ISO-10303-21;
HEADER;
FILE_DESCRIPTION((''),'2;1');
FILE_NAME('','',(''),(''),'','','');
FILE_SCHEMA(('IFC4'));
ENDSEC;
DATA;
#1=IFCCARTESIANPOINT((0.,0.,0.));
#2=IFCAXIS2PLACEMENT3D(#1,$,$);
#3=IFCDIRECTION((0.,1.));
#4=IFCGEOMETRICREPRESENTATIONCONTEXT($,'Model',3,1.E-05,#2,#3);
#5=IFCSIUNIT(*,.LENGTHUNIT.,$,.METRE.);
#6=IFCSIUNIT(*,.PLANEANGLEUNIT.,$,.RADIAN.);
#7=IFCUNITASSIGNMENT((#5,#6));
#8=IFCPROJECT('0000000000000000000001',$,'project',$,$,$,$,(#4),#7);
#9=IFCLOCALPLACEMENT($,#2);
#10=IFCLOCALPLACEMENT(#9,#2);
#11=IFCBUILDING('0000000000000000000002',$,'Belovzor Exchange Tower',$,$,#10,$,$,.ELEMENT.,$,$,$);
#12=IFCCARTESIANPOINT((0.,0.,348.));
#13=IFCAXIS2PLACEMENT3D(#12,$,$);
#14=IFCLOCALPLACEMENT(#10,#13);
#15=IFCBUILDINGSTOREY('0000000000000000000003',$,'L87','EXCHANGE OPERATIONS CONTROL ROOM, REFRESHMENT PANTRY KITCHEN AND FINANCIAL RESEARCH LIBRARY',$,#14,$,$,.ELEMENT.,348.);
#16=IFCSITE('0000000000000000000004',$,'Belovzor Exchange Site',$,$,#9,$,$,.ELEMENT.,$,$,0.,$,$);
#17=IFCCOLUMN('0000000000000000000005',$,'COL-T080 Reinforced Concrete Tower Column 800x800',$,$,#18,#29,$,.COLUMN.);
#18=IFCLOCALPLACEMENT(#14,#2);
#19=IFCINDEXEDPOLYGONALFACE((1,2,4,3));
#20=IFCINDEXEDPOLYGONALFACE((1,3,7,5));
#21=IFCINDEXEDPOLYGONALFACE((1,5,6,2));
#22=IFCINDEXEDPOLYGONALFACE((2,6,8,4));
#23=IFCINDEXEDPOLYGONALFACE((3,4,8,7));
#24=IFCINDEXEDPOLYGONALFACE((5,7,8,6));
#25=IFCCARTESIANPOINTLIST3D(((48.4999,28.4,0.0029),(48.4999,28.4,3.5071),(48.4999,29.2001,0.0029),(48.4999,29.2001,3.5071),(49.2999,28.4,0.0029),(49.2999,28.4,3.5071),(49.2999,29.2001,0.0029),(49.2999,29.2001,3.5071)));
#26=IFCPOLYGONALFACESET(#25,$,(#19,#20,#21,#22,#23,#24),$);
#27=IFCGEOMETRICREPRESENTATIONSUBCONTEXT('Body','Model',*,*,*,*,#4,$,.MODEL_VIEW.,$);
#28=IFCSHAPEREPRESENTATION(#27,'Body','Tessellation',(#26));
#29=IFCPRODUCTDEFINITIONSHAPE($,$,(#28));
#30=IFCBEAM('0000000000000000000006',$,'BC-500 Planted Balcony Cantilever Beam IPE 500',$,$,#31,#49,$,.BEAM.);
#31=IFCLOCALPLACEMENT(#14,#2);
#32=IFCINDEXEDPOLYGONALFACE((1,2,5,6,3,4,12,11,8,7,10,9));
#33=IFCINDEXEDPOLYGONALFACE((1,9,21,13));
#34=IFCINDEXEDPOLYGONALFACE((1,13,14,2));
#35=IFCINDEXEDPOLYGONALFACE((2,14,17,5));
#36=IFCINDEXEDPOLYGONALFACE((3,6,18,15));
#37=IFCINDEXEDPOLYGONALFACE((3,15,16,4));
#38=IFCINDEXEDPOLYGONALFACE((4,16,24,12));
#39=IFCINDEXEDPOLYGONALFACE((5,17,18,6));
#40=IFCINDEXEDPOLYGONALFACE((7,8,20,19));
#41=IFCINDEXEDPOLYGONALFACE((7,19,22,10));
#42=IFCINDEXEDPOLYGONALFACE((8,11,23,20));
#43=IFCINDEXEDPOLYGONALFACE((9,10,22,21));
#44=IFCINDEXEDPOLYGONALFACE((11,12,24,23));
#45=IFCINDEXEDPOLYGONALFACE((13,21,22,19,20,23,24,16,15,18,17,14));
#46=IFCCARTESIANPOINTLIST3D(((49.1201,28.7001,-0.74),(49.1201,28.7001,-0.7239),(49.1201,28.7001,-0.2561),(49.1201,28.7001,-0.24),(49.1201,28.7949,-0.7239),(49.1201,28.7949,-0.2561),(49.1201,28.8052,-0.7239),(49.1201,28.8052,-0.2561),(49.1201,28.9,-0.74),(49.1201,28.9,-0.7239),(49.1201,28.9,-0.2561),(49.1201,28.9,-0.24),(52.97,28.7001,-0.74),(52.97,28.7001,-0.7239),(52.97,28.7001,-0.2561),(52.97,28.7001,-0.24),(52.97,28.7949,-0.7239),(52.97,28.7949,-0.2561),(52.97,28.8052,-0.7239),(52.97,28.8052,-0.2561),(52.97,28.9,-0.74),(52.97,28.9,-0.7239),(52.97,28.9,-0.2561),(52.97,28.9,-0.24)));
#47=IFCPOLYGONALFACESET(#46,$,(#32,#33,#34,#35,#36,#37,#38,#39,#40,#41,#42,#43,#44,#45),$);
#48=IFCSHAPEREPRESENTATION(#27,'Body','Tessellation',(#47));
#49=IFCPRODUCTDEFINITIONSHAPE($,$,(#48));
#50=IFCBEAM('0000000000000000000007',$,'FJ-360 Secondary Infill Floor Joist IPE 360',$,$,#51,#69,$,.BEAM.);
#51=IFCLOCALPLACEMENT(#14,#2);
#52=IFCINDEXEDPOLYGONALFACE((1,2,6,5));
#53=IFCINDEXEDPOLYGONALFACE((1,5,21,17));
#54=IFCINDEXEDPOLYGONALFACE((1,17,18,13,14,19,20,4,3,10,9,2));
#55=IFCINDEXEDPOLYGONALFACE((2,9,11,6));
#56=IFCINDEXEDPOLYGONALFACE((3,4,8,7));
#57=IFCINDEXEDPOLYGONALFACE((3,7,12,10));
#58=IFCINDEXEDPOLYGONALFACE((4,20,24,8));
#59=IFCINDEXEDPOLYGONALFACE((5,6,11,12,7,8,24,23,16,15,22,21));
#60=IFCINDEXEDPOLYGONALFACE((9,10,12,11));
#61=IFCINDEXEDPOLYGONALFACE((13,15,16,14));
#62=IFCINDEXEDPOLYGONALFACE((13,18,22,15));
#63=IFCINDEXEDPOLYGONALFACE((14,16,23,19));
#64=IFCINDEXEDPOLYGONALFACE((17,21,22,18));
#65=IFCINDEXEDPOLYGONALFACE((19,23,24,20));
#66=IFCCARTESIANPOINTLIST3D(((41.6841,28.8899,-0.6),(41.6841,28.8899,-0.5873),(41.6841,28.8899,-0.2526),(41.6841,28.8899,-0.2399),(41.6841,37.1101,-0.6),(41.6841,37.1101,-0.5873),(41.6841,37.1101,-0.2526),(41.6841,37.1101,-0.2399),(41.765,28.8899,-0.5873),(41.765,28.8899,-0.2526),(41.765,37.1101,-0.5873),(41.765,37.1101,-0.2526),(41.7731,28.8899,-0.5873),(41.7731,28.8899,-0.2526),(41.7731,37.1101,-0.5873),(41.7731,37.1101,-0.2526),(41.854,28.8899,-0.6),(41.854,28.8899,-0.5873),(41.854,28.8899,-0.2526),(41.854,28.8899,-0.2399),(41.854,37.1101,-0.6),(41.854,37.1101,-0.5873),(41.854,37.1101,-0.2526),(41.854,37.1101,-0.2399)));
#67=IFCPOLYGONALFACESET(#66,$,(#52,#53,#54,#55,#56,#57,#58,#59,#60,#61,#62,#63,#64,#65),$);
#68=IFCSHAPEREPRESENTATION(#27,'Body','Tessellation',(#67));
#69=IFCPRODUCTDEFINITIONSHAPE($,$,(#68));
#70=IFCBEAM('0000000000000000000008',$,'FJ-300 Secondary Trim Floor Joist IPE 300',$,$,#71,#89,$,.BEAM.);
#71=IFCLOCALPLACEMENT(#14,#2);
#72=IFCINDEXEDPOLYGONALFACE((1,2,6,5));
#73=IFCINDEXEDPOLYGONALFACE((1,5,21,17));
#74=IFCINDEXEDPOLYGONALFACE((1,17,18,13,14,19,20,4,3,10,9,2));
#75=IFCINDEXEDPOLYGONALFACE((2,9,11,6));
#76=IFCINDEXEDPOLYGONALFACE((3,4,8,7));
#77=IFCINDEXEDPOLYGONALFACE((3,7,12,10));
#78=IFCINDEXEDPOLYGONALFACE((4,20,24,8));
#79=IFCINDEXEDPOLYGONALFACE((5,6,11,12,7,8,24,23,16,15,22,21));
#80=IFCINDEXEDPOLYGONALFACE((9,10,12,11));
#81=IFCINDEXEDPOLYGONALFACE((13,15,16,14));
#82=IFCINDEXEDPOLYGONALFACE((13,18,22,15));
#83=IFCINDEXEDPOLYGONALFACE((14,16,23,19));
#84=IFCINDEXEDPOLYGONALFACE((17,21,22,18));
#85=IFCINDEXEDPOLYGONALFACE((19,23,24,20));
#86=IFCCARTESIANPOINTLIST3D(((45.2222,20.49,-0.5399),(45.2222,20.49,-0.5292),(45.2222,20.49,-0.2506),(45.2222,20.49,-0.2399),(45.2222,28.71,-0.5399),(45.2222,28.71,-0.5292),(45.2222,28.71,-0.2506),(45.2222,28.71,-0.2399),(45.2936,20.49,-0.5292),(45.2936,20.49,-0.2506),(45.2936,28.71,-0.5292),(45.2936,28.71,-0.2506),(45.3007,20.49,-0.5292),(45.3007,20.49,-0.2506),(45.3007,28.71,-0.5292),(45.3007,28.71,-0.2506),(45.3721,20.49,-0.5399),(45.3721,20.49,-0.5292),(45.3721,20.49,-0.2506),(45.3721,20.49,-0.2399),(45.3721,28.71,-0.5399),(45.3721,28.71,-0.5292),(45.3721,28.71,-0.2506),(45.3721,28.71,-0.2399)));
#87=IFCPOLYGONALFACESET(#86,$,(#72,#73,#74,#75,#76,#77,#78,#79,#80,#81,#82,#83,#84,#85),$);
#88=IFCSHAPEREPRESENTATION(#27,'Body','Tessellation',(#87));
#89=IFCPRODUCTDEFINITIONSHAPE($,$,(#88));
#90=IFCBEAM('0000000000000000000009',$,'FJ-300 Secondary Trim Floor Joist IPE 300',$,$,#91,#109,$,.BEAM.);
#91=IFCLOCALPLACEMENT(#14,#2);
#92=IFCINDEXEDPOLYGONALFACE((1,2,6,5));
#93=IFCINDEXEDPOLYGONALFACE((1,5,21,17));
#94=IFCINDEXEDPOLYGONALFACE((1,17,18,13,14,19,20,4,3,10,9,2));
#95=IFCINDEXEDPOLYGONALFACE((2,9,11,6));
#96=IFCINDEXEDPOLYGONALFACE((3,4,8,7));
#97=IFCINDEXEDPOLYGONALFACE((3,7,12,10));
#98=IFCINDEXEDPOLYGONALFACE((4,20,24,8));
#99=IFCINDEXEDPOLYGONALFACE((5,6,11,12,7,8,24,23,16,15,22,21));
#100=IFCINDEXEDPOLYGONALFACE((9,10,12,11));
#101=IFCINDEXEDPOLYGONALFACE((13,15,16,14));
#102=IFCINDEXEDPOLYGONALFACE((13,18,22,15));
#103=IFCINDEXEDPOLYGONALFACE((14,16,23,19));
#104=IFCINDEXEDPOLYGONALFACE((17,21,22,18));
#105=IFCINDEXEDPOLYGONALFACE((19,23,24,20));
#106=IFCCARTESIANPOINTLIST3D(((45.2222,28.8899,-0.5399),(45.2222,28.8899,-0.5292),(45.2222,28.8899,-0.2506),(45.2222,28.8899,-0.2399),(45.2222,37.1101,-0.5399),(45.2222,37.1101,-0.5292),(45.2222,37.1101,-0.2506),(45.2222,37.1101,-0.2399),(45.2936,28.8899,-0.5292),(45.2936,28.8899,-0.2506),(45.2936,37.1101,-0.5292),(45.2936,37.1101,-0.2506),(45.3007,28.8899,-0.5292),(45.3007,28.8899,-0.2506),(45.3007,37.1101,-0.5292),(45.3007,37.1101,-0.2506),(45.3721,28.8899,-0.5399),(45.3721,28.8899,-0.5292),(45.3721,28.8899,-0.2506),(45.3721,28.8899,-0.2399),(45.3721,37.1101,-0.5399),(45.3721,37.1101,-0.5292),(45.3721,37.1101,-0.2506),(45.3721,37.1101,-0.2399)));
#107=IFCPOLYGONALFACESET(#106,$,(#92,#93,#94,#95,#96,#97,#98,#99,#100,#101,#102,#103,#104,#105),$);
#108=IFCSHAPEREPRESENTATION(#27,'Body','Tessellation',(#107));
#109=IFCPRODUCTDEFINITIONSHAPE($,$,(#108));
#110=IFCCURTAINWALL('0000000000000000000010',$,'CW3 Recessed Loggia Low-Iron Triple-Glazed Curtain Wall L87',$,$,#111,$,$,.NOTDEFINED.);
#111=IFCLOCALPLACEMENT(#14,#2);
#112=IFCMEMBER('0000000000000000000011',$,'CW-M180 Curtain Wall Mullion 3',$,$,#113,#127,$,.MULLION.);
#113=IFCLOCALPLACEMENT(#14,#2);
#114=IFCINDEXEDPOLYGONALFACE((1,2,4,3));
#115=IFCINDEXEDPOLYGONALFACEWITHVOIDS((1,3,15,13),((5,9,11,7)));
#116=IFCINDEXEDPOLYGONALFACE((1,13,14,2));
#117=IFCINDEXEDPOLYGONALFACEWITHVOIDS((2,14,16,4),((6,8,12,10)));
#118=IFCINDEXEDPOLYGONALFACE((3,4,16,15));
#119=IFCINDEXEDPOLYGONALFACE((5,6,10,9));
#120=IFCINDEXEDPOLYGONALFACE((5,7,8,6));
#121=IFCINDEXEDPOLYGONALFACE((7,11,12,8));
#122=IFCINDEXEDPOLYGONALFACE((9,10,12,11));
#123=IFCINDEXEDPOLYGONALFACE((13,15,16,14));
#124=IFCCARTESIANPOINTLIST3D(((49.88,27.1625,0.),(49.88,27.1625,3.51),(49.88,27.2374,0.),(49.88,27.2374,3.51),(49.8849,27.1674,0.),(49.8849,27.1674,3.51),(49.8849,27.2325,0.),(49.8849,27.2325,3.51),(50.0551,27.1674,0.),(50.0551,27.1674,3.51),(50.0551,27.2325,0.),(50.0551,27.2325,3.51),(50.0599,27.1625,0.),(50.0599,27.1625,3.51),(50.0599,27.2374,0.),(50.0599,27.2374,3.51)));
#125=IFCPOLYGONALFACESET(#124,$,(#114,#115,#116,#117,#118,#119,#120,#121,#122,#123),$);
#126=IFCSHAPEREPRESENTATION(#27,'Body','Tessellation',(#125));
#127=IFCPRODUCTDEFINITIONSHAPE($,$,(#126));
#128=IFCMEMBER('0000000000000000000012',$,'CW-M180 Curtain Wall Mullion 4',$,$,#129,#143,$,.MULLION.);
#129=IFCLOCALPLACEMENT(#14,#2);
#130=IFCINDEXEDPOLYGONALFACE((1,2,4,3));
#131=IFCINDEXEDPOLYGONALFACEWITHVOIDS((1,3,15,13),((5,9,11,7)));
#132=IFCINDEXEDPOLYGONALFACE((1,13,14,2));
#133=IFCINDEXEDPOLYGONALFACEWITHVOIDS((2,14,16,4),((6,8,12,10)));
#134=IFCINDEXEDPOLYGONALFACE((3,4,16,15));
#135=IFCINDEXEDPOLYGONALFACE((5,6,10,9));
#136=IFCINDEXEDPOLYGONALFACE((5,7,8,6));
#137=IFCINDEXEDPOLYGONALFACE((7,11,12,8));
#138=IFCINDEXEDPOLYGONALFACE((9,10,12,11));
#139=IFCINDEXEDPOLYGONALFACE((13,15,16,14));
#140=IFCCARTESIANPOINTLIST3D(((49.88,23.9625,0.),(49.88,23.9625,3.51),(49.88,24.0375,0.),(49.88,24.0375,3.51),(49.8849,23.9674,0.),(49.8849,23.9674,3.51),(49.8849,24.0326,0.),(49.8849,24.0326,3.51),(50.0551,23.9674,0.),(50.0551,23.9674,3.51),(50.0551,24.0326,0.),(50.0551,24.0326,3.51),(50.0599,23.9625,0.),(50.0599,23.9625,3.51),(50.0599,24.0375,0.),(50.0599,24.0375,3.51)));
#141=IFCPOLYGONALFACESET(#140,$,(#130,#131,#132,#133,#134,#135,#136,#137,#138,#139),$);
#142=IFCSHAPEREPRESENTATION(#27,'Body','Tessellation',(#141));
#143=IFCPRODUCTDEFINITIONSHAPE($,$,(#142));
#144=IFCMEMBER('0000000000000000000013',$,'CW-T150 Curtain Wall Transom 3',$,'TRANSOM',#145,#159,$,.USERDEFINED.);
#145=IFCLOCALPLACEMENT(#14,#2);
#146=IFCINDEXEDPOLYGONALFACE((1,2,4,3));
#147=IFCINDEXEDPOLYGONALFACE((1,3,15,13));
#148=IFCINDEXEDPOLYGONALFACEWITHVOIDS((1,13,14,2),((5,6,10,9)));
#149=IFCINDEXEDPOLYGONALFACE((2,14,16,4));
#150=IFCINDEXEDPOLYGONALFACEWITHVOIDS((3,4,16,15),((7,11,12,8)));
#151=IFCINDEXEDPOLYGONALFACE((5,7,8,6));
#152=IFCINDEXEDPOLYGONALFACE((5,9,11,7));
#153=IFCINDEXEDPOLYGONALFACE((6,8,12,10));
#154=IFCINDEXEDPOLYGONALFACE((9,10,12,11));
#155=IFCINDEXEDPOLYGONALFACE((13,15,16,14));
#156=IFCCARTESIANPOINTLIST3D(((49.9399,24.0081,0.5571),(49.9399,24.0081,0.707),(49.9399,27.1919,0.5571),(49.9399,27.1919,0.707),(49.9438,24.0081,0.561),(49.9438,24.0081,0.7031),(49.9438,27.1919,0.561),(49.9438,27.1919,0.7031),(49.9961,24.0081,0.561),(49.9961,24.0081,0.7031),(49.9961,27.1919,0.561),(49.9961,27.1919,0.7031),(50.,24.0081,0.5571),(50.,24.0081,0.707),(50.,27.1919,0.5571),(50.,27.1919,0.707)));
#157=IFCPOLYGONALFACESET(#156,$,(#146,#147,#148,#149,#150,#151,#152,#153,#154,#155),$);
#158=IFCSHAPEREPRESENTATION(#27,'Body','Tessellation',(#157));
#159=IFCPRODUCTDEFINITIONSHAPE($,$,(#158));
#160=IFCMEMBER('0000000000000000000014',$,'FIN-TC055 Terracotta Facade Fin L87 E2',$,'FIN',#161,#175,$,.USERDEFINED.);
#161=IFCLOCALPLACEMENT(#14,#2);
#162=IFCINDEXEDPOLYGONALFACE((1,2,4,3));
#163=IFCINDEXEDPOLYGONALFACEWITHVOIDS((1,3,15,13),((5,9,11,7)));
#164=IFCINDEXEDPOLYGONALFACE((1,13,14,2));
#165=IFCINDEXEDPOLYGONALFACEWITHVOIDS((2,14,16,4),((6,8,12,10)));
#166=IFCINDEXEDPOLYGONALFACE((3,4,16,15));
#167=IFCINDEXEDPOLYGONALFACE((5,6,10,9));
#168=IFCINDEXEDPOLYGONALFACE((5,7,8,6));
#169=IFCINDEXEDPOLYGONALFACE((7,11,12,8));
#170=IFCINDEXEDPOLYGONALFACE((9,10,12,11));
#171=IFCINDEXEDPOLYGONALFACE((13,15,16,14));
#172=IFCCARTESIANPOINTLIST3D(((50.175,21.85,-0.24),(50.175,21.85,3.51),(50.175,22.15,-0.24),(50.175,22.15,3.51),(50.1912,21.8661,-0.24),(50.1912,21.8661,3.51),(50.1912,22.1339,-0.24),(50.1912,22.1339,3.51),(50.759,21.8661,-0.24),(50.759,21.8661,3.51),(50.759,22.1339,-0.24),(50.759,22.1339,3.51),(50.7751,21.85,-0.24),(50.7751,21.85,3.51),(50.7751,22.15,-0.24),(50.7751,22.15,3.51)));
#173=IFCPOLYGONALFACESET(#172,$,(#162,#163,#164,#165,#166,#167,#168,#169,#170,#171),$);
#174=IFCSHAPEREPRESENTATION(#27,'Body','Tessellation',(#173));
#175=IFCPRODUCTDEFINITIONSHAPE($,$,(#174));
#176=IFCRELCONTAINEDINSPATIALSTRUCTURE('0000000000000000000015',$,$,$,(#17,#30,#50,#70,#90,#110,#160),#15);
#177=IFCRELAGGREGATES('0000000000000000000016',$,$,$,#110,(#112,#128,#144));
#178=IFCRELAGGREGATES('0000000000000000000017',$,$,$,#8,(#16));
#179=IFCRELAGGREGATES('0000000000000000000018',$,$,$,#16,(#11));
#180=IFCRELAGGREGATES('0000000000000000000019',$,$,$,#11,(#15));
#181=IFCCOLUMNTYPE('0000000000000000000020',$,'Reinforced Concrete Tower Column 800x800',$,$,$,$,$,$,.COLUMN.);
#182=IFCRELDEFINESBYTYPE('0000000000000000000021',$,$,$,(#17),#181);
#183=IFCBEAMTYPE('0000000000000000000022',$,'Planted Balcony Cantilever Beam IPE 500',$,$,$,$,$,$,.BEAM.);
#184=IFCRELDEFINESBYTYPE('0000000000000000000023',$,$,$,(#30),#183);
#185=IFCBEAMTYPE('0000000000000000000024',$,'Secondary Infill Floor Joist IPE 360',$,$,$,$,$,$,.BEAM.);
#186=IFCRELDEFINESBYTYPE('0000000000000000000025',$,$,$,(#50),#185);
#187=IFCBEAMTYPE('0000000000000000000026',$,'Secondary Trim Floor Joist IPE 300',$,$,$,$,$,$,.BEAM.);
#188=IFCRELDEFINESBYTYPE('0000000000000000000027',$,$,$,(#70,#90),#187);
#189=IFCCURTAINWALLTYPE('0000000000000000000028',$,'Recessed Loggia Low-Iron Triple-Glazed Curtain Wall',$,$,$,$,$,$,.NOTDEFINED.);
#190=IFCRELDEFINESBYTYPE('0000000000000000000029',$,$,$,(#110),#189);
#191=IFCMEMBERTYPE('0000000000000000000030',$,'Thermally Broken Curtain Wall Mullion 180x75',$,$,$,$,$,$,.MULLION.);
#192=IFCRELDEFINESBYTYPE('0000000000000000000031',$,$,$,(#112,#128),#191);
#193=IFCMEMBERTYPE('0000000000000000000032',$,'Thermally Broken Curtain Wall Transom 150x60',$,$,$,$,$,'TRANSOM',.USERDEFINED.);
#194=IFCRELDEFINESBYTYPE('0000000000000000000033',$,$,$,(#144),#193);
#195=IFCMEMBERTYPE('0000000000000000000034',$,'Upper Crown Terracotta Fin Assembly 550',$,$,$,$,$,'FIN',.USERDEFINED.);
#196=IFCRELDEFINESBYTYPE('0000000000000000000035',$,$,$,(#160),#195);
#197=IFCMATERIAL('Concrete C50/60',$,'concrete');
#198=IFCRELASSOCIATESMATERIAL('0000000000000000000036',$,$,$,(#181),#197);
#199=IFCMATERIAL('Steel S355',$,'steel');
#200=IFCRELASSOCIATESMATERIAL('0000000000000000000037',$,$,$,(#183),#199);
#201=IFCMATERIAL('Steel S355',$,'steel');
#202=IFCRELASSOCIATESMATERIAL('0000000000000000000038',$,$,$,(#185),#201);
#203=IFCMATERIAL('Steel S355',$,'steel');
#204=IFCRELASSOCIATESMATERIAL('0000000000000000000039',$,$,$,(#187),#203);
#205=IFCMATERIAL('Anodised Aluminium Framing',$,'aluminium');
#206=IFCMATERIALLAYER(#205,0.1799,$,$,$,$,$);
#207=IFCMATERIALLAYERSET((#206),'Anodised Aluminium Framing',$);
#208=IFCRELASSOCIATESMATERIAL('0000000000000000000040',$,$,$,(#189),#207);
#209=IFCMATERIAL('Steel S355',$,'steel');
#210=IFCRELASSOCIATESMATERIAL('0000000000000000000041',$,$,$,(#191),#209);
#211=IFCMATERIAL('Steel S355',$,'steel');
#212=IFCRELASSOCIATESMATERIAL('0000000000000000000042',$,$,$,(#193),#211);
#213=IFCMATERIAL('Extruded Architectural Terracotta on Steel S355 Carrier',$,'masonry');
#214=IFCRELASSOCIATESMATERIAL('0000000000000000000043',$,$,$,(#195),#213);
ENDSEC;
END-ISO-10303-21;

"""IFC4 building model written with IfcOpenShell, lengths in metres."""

from ifc_helpers import new_model, si_unit, direction, frame, origin, origin_2d, place, context, subcontext, project, spatial, rectangle, hollow_rectangle, i_section, extrude, material, layer, layer_set, material_profile, profile_set, type_object, element, aggregate, save


model = new_model("IFC4")

# Units and contexts
model_context = context("Model", 3, precision=1e-05, world=origin(), true_north=direction((0.0, 1.0)))
body_context = subcontext(model_context, "Body", "Model", "MODEL_VIEW")
ifc_project = project(units=[si_unit("LENGTHUNIT", "METRE"), si_unit("PLANEANGLEUNIT", "RADIAN")], contexts=[model_context])

# Site, building, storey
site_placement = place(None, origin())
site = spatial("IfcSite", under=ifc_project, at=site_placement, Name="Belovzor Exchange Site", CompositionType="ELEMENT", RefElevation=0.0)
building_placement = place(site_placement, origin())
building = spatial("IfcBuilding", under=site, at=building_placement, Name="Belovzor Exchange Tower", CompositionType="ELEMENT")
storey_placement = place(building_placement, frame((0.0, 0.0, 348.0)))
storey = spatial("IfcBuildingStorey", under=building, at=storey_placement, Name="L87", Description="EXCHANGE OPERATIONS CONTROL ROOM, REFRESHMENT PANTRY KITCHEN AND FINANCIAL RESEARCH LIBRARY", CompositionType="ELEMENT", Elevation=348.0)

# Column
ifc_material_1 = material(Name="Concrete C50/60", Category="concrete")
ifc_material_profile_1 = material_profile(ifc_material_1, rectangle(XDim=0.8, YDim=0.8, at=origin_2d()))
ifc_profile_set_1 = profile_set([ifc_material_profile_1], Name="Concrete C50/60")
column_type = type_object("IfcColumnType", Name="Reinforced Concrete Tower Column 800x800", PredefinedType="COLUMN", material=ifc_profile_set_1)
column_placement = place(storey_placement, frame((48.8999, 28.8, 0.0029), z_axis=(0.0, 0.0, 1.0), x_axis=(1.0, 0.0, 0.0)))
element("IfcColumn", 1, at=column_placement, inside=storey, type_object=column_type, Name="COL-T080 Reinforced Concrete Tower Column 800x800", PredefinedType="COLUMN", context=body_context, shape_type="SweptSolid", body=[
    extrude(rectangle(XDim=0.8, YDim=0.8, at=origin_2d()), origin(), (0.0, 0.0, 1.0), 3.5042),
])

# Beams
ifc_material_2 = material(Name="Steel S355", Category="steel")
ifc_material_profile_2 = material_profile(ifc_material_2, i_section(OverallWidth=0.2, OverallDepth=0.5, WebThickness=0.0103, FlangeThickness=0.0161, at=origin_2d()))
ifc_profile_set_2 = profile_set([ifc_material_profile_2], Name="Steel S355")
beam_type_1 = type_object("IfcBeamType", Name="Planted Balcony Cantilever Beam IPE 500", PredefinedType="BEAM", material=ifc_profile_set_2)
beam_1_placement = place(storey_placement, frame((49.1201, 28.8, -0.49), z_axis=(1.0, 0.0, 0.0), x_axis=(0.0, 1.0, 0.0)))
element("IfcBeam", 2, at=beam_1_placement, inside=storey, type_object=beam_type_1, Name="BC-500 Planted Balcony Cantilever Beam IPE 500", PredefinedType="BEAM", context=body_context, shape_type="SweptSolid", body=[
    extrude(i_section(OverallWidth=0.2, OverallDepth=0.5, WebThickness=0.0103, FlangeThickness=0.0161, at=origin_2d()), origin(), (0.0, 0.0, 1.0), 3.8499),
])
ifc_material_3 = material(Name="Steel S355", Category="steel")
ifc_material_profile_3 = material_profile(ifc_material_3, i_section(OverallWidth=0.1699, OverallDepth=0.3601, WebThickness=0.0081, FlangeThickness=0.0127, at=origin_2d()))
ifc_profile_set_3 = profile_set([ifc_material_profile_3], Name="Steel S355")
beam_type_2 = type_object("IfcBeamType", Name="Secondary Infill Floor Joist IPE 360", PredefinedType="BEAM", material=ifc_profile_set_3)
beam_2_placement = place(storey_placement, frame((41.769, 28.8899, -0.4199), z_axis=(0.0, 1.0, 0.0), x_axis=(-1.0, 0.0, 0.0)))
element("IfcBeam", 3, at=beam_2_placement, inside=storey, type_object=beam_type_2, Name="FJ-360 Secondary Infill Floor Joist IPE 360", PredefinedType="BEAM", context=body_context, shape_type="SweptSolid", body=[
    extrude(i_section(OverallWidth=0.1699, OverallDepth=0.3601, WebThickness=0.0081, FlangeThickness=0.0127, at=origin_2d()), origin(), (0.0, 0.0, 1.0), 8.2202),
])
ifc_material_4 = material(Name="Steel S355", Category="steel")
ifc_material_profile_4 = material_profile(ifc_material_4, i_section(OverallWidth=0.1499, OverallDepth=0.3, WebThickness=0.0071, FlangeThickness=0.0107, at=origin_2d()))
ifc_profile_set_4 = profile_set([ifc_material_profile_4], Name="Steel S355")
beam_type_3 = type_object("IfcBeamType", Name="Secondary Trim Floor Joist IPE 300", PredefinedType="BEAM", material=ifc_profile_set_4)
beam_3_placement = place(storey_placement, frame((45.2971, 20.49, -0.3899), z_axis=(0.0, 1.0, 0.0), x_axis=(-1.0, 0.0, 0.0)))
element("IfcBeam", 4, at=beam_3_placement, inside=storey, type_object=beam_type_3, Name="FJ-300 Secondary Trim Floor Joist IPE 300", PredefinedType="BEAM", context=body_context, shape_type="SweptSolid", body=[
    extrude(i_section(OverallWidth=0.1499, OverallDepth=0.3, WebThickness=0.0071, FlangeThickness=0.0107, at=origin_2d()), origin(), (0.0, 0.0, 1.0), 8.22),
])
beam_4_placement = place(storey_placement, frame((45.2971, 28.8899, -0.3899), z_axis=(0.0, 1.0, 0.0), x_axis=(-1.0, 0.0, 0.0)))
element("IfcBeam", 5, at=beam_4_placement, inside=storey, type_object=beam_type_3, Name="FJ-300 Secondary Trim Floor Joist IPE 300", PredefinedType="BEAM", context=body_context, shape_type="SweptSolid", body=[
    extrude(i_section(OverallWidth=0.1499, OverallDepth=0.3, WebThickness=0.0071, FlangeThickness=0.0107, at=origin_2d()), origin(), (0.0, 0.0, 1.0), 8.2202),
])

# Curtain wall, members
ifc_material_5 = material(Name="Anodised Aluminium Framing", Category="aluminium")
ifc_layer_1 = layer(ifc_material_5, 0.1799)
ifc_layer_set_1 = layer_set([ifc_layer_1], Name="Anodised Aluminium Framing")
curtain_wall_type = type_object("IfcCurtainWallType", Name="Recessed Loggia Low-Iron Triple-Glazed Curtain Wall", PredefinedType="NOTDEFINED", material=ifc_layer_set_1)
curtain_wall_placement = place(storey_placement, origin())
curtain_wall = element("IfcCurtainWall", 6, at=curtain_wall_placement, inside=storey, type_object=curtain_wall_type, Name="CW3 Recessed Loggia Low-Iron Triple-Glazed Curtain Wall L87", PredefinedType="NOTDEFINED")
ifc_material_6 = material(Name="Steel S355", Category="steel")
ifc_material_profile_5 = material_profile(ifc_material_6, hollow_rectangle(XDim=0.075, YDim=0.1799, WallThickness=0.0049, at=origin_2d()))
ifc_profile_set_5 = profile_set([ifc_material_profile_5], Name="Steel S355")
member_type_1 = type_object("IfcMemberType", Name="Thermally Broken Curtain Wall Mullion 180x75", PredefinedType="MULLION", material=ifc_profile_set_5)
member_1_placement = place(storey_placement, frame((49.97, 27.2, 0.0), z_axis=(0.0, 0.0, 1.0), x_axis=(0.0, -1.0, 0.0)))
member_1 = element("IfcMember", 7, at=member_1_placement, type_object=member_type_1, Name="CW-M180 Curtain Wall Mullion 3", PredefinedType="MULLION", context=body_context, shape_type="SweptSolid", body=[
    extrude(hollow_rectangle(XDim=0.075, YDim=0.1799, WallThickness=0.0049, at=origin_2d()), origin(), (0.0, 0.0, 1.0), 3.51),
])
member_2_placement = place(storey_placement, frame((49.97, 24.0, 0.0), z_axis=(0.0, 0.0, 1.0), x_axis=(0.0, -1.0, 0.0)))
member_2 = element("IfcMember", 8, at=member_2_placement, type_object=member_type_1, Name="CW-M180 Curtain Wall Mullion 4", PredefinedType="MULLION", context=body_context, shape_type="SweptSolid", body=[
    extrude(hollow_rectangle(XDim=0.075, YDim=0.1799, WallThickness=0.0049, at=origin_2d()), origin(), (0.0, 0.0, 1.0), 3.51),
])
ifc_material_7 = material(Name="Steel S355", Category="steel")
ifc_material_profile_6 = material_profile(ifc_material_7, hollow_rectangle(XDim=0.0601, YDim=0.1499, WallThickness=0.0039, at=origin_2d()))
ifc_profile_set_6 = profile_set([ifc_material_profile_6], Name="Steel S355")
member_type_2 = type_object("IfcMemberType", Name="Thermally Broken Curtain Wall Transom 150x60", ElementType="TRANSOM", PredefinedType="USERDEFINED", material=ifc_profile_set_6)
member_3_placement = place(storey_placement, frame((49.97, 27.1919, 0.6321), z_axis=(0.0, -1.0, 0.0), x_axis=(1.0, 0.0, 0.0)))
member_3 = element("IfcMember", 9, at=member_3_placement, type_object=member_type_2, Name="CW-T150 Curtain Wall Transom 3", ObjectType="TRANSOM", PredefinedType="USERDEFINED", context=body_context, shape_type="SweptSolid", body=[
    extrude(hollow_rectangle(XDim=0.0601, YDim=0.1499, WallThickness=0.0039, at=origin_2d()), origin(), (0.0, 0.0, 1.0), 3.1838),
])

# Member
ifc_material_8 = material(Name="Extruded Architectural Terracotta on Steel S355 Carrier", Category="masonry")
ifc_material_profile_7 = material_profile(ifc_material_8, hollow_rectangle(XDim=0.3, YDim=0.6001, WallThickness=0.0161, at=origin_2d()))
ifc_profile_set_7 = profile_set([ifc_material_profile_7], Name="Extruded Architectural Terracotta on Steel S355 Carrier")
member_type_3 = type_object("IfcMemberType", Name="Upper Crown Terracotta Fin Assembly 550", ElementType="FIN", PredefinedType="USERDEFINED", material=ifc_profile_set_7)
member_4_placement = place(storey_placement, frame((50.4751, 22.0, -0.24), z_axis=(0.0, 0.0, 1.0), x_axis=(0.0, 1.0, 0.0)))
element("IfcMember", 10, at=member_4_placement, inside=storey, type_object=member_type_3, Name="FIN-TC055 Terracotta Facade Fin L87 E2", ObjectType="FIN", PredefinedType="USERDEFINED", context=body_context, shape_type="SweptSolid", body=[
    extrude(hollow_rectangle(XDim=0.3, YDim=0.6001, WallThickness=0.0161, at=origin_2d()), origin(), (0.0, 0.0, 1.0), 3.75),
])

aggregate(curtain_wall, [member_1, member_2, member_3])

save(model, "model.ifc")
